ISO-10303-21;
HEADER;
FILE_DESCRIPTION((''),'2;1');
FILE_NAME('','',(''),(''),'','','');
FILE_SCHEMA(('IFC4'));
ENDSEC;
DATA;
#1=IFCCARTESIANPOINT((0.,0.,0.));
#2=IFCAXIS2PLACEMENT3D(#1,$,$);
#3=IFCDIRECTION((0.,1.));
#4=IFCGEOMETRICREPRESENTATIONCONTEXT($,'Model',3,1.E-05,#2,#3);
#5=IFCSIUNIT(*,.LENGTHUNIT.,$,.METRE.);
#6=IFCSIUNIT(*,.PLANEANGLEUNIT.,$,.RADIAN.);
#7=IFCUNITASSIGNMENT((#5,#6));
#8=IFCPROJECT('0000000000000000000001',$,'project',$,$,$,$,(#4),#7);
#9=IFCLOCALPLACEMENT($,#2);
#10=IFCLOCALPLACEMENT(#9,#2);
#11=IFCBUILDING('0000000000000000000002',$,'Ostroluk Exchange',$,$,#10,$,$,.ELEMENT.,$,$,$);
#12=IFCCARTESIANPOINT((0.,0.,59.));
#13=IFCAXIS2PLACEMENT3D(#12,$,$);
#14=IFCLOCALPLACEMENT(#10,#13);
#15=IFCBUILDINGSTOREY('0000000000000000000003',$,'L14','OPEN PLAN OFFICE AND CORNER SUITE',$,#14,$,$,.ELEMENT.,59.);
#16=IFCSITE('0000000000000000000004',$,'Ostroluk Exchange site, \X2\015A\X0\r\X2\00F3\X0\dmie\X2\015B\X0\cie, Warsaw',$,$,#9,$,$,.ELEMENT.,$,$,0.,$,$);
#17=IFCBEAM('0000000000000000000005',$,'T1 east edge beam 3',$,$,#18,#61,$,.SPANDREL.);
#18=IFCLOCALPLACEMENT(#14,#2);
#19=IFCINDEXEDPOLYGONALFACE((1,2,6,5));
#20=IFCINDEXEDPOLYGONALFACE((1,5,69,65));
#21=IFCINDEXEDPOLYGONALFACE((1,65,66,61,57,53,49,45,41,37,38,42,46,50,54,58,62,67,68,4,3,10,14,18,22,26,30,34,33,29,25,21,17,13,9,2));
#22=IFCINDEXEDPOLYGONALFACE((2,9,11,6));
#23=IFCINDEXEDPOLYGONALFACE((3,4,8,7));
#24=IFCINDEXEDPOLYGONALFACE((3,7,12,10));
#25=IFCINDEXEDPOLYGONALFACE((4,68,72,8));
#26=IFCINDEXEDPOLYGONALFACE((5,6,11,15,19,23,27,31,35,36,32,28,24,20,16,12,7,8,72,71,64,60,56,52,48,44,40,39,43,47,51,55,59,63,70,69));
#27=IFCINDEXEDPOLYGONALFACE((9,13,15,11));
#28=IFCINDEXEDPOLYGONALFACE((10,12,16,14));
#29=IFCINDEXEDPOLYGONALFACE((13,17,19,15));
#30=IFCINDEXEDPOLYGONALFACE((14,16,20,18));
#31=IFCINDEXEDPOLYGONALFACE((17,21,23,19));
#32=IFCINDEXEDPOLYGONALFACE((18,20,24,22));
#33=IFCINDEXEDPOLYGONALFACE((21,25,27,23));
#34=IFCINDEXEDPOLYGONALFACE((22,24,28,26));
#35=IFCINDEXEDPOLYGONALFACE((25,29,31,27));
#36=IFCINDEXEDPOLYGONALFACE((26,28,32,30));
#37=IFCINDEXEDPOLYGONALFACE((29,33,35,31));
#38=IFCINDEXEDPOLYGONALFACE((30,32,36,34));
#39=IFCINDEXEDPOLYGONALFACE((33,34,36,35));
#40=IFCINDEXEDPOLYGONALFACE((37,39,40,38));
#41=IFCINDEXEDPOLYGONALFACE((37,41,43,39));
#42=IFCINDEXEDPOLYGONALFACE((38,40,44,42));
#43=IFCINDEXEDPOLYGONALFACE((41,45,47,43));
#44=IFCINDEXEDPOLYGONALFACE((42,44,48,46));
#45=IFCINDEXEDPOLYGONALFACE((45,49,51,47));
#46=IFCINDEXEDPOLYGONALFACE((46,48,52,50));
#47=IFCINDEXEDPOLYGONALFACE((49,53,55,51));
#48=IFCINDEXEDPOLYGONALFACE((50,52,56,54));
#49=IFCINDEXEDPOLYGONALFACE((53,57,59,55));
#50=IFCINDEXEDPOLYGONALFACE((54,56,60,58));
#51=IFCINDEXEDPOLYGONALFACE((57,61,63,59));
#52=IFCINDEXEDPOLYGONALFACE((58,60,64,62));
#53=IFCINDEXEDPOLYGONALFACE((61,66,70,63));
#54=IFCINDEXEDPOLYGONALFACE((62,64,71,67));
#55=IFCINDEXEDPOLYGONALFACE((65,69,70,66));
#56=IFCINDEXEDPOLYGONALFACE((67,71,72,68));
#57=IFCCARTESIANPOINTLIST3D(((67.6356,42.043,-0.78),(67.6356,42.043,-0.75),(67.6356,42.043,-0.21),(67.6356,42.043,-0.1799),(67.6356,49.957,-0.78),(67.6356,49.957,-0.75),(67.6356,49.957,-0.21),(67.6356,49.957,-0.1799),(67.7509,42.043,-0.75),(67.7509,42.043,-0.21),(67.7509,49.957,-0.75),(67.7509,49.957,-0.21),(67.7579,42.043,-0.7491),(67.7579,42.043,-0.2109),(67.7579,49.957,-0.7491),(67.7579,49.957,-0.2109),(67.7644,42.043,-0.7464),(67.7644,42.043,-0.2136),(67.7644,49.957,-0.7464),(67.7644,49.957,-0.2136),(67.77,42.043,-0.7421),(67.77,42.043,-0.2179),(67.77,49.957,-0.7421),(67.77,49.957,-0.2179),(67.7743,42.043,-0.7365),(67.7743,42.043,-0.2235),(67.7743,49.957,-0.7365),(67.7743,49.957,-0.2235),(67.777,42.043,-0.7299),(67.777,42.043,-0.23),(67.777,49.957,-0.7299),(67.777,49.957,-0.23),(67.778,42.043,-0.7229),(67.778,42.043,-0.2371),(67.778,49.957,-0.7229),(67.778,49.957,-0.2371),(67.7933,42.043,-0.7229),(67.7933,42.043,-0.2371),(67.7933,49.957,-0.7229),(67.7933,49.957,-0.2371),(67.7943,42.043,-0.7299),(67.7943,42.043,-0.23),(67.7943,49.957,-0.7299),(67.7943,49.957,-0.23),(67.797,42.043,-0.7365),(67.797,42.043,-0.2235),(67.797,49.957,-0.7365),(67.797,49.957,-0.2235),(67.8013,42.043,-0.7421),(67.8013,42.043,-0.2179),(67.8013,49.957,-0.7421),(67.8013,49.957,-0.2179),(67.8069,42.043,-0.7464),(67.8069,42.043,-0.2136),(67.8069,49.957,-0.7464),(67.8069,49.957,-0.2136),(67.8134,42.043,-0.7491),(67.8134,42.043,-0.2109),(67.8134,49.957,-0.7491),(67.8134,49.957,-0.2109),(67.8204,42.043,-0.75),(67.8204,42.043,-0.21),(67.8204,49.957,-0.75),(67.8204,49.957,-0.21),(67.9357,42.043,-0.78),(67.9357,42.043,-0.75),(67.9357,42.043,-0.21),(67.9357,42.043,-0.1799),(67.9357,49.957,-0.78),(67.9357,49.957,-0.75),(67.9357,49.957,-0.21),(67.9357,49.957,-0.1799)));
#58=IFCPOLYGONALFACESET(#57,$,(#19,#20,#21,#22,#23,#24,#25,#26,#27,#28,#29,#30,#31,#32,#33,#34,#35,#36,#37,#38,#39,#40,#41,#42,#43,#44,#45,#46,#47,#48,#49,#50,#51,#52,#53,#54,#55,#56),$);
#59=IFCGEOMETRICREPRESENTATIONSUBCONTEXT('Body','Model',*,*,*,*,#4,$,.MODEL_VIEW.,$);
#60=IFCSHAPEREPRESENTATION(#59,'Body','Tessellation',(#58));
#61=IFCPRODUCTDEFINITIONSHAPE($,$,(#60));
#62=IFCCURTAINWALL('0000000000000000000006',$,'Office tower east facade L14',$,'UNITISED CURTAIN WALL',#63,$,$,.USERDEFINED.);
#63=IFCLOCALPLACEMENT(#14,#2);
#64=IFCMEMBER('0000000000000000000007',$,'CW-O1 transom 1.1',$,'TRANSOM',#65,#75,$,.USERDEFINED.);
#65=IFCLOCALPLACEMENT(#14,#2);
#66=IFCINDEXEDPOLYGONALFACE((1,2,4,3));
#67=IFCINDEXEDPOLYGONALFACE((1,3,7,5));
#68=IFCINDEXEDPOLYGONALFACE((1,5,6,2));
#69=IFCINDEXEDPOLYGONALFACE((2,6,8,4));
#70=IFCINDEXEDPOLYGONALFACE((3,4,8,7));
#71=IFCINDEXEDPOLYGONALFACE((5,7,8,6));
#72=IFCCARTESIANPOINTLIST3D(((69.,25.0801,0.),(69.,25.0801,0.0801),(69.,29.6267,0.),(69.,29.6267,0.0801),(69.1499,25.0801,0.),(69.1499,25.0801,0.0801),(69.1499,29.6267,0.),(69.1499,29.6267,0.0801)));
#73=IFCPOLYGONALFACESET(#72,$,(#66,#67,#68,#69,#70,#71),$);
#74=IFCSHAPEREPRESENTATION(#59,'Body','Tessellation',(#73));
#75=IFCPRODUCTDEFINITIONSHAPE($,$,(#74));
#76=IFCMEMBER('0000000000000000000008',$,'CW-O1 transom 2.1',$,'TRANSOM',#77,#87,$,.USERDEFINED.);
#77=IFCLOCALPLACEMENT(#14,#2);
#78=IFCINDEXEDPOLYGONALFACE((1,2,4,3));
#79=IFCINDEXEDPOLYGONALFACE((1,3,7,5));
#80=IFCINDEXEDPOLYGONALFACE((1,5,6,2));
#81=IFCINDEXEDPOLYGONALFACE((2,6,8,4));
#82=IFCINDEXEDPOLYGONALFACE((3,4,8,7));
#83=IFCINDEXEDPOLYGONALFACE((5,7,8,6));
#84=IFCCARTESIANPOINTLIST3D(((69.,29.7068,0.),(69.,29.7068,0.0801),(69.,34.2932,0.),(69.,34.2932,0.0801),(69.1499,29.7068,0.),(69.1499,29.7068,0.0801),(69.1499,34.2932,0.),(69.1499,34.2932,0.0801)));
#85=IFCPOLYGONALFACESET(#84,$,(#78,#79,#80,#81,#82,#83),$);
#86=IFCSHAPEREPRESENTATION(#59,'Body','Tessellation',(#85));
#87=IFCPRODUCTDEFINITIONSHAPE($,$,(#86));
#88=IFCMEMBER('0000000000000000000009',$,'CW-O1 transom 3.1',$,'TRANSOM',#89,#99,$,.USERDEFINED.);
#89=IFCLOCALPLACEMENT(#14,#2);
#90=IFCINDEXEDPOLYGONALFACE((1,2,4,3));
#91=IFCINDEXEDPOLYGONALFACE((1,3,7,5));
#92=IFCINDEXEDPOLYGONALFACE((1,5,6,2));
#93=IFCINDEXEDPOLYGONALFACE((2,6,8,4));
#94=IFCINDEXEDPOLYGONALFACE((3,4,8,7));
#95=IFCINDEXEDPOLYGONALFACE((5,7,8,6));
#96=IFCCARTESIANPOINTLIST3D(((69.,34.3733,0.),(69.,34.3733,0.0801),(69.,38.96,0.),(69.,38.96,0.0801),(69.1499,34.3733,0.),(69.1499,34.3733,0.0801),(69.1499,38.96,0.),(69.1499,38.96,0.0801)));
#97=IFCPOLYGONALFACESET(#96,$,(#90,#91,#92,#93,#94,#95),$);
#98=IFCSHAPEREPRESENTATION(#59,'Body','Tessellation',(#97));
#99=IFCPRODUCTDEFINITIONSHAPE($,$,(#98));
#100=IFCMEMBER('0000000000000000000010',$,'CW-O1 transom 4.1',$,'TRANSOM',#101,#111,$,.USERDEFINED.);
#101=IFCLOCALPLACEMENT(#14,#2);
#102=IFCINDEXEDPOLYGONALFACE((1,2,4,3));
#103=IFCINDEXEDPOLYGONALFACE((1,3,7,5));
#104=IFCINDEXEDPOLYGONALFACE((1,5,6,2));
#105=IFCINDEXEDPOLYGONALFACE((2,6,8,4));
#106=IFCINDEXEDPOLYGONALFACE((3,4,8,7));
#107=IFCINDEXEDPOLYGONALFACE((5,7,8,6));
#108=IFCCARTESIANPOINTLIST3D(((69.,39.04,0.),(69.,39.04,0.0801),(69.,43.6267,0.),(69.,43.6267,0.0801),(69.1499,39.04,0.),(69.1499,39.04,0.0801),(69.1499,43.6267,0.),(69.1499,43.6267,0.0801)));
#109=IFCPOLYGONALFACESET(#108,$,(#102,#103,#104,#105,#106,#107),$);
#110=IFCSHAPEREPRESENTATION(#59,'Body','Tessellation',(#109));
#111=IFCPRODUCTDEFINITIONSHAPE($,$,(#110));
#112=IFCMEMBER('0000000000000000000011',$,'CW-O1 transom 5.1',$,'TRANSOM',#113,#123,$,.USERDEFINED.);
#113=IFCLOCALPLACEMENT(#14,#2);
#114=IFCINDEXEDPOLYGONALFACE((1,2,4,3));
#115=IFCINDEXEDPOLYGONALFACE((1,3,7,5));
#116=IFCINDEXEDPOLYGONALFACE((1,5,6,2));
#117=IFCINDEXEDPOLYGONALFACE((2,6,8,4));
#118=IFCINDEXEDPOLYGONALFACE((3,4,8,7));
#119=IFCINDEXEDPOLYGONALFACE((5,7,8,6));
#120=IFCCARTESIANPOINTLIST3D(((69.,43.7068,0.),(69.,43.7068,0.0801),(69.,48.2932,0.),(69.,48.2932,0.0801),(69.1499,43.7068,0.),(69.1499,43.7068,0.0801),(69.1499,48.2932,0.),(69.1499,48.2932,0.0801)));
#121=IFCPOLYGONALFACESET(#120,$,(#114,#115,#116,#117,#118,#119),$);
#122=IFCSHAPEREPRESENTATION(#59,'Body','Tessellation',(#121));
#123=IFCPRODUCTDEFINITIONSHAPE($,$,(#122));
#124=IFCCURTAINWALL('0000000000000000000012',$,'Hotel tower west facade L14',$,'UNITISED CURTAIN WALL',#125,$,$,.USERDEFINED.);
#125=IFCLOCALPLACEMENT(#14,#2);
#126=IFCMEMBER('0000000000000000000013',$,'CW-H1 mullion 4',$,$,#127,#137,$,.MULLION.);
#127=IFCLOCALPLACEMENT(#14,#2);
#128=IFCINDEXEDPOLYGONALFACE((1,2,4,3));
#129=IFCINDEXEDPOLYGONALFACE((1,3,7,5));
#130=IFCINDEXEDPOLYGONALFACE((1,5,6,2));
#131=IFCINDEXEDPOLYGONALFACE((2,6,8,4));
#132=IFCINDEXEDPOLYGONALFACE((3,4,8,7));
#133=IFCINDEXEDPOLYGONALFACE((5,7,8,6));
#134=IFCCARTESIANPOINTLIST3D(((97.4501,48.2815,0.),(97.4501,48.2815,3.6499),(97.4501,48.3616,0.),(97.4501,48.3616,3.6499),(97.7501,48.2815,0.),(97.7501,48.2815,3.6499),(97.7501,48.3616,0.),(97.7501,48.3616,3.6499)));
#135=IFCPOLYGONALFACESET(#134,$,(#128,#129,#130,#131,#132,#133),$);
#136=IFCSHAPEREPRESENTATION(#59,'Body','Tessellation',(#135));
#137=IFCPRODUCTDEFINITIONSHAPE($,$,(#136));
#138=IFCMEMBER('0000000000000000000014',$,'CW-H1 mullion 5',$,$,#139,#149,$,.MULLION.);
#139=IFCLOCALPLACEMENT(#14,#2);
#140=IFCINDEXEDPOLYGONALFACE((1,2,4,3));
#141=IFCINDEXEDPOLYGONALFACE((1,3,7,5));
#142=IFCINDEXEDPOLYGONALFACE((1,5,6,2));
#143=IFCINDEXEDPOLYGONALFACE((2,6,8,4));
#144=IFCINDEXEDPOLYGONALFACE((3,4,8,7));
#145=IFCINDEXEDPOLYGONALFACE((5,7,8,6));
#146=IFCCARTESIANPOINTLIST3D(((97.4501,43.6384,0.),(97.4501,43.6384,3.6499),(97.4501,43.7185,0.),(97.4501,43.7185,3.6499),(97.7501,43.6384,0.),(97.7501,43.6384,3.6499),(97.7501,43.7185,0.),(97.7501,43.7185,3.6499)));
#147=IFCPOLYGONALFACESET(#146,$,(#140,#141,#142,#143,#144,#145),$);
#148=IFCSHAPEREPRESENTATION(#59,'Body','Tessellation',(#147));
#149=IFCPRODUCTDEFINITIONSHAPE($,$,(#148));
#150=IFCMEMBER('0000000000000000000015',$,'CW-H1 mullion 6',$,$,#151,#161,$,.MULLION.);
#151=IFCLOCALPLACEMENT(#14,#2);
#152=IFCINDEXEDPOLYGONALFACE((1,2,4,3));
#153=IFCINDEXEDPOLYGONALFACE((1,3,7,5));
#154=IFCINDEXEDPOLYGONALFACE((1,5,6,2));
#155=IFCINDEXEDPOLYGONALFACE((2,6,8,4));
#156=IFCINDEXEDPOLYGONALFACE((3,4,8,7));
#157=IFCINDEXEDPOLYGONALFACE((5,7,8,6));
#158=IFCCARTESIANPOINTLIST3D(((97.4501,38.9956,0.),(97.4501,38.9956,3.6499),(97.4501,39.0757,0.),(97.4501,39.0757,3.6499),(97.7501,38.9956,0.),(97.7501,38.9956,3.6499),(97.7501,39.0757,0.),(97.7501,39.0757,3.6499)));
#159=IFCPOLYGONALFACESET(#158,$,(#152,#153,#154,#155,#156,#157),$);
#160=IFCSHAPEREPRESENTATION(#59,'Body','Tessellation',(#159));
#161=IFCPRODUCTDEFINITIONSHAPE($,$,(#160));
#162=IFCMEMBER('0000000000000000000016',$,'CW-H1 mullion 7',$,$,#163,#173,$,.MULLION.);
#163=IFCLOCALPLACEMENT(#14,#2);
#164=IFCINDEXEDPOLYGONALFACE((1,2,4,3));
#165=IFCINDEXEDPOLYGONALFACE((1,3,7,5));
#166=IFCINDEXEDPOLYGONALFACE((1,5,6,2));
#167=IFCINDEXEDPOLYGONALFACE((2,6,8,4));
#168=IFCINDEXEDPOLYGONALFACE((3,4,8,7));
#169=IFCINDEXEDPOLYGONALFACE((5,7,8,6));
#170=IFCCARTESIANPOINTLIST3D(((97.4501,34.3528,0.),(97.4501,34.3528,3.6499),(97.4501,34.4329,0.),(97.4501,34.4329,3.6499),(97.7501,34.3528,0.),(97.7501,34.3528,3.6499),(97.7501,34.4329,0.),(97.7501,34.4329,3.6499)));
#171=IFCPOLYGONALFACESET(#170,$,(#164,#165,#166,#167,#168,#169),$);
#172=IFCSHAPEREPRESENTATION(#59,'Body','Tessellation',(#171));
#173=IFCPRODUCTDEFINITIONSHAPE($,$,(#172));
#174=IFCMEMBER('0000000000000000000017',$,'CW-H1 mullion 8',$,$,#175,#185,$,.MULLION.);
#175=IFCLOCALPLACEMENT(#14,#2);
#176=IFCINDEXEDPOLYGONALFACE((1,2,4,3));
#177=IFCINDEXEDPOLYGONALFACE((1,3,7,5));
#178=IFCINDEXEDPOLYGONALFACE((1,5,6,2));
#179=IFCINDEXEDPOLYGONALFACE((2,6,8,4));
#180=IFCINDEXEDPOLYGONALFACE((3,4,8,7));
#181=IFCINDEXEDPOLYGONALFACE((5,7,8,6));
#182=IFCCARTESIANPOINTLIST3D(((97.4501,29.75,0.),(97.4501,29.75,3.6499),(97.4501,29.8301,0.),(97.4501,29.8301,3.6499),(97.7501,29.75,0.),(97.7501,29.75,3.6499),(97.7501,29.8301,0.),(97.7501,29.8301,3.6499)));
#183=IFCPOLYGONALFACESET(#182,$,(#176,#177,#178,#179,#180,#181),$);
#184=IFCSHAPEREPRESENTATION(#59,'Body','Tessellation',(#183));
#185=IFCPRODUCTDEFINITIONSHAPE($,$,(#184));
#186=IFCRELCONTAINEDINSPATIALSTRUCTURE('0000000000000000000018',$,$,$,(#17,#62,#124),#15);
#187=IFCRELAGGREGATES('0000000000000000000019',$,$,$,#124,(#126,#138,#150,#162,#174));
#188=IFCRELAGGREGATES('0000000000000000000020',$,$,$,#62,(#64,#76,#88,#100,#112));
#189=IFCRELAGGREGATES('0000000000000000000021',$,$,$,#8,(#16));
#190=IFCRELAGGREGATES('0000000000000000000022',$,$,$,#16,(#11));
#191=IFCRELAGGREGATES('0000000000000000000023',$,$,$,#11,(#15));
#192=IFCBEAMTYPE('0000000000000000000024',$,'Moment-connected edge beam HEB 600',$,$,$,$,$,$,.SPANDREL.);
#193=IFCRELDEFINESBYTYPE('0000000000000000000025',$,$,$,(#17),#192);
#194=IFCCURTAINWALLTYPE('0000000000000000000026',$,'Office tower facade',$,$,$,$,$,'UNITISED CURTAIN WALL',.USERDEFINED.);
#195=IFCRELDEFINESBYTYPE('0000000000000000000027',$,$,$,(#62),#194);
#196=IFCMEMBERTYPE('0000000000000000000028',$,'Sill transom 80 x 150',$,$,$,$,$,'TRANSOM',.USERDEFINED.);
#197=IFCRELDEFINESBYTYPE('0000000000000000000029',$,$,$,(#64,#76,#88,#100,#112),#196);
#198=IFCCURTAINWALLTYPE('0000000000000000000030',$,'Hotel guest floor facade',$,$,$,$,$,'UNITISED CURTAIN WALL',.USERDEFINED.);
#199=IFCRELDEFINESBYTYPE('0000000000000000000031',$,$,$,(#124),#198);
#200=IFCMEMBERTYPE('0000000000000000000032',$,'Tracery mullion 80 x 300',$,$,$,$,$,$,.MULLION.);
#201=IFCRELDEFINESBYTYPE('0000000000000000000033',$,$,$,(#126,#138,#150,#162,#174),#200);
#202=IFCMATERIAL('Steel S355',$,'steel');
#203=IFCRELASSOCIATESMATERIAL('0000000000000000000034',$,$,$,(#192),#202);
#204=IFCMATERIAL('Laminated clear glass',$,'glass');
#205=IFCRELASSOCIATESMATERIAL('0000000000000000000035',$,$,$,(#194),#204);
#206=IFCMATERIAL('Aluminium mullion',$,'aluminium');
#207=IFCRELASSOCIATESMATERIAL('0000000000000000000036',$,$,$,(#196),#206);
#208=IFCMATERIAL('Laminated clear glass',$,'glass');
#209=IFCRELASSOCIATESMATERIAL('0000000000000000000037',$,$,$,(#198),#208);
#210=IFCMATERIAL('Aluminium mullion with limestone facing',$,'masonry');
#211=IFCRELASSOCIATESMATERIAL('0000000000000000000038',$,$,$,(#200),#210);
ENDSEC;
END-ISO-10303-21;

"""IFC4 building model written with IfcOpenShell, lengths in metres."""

from ifc_helpers import new_model, si_unit, direction, frame, origin, origin_2d, place, context, subcontext, project, spatial, rectangle, i_section, extrude, material, material_profile, profile_set, type_object, element, aggregate, save


model = new_model("IFC4")

# Units and contexts
model_context = context("Model", 3, precision=1e-05, world=origin(), true_north=direction((0.0, 1.0)))
body_context = subcontext(model_context, "Body", "Model", "MODEL_VIEW")
ifc_project = project(units=[si_unit("LENGTHUNIT", "METRE"), si_unit("PLANEANGLEUNIT", "RADIAN")], contexts=[model_context])

# Site, building, storey
site_placement = place(None, origin())
site = spatial("IfcSite", under=ifc_project, at=site_placement, Name="Ostroluk Exchange site, Śródmieście, Warsaw", CompositionType="ELEMENT", RefElevation=0.0)
building_placement = place(site_placement, origin())
building = spatial("IfcBuilding", under=site, at=building_placement, Name="Ostroluk Exchange", CompositionType="ELEMENT")
storey_placement = place(building_placement, frame((0.0, 0.0, 59.0)))
storey = spatial("IfcBuildingStorey", under=building, at=storey_placement, Name="L14", Description="OPEN PLAN OFFICE AND CORNER SUITE", CompositionType="ELEMENT", Elevation=59.0)

# Beam
ifc_material_1 = material(Name="Steel S355", Category="steel")
ifc_material_profile_1 = material_profile(ifc_material_1, i_section(OverallWidth=0.3, OverallDepth=0.6001, WebThickness=0.0154, FlangeThickness=0.03, FilletRadius=0.0271, at=origin_2d()), Name="HEB 600")
ifc_profile_set_1 = profile_set([ifc_material_profile_1], Name="Steel S355")
beam_type = type_object("IfcBeamType", Name="Moment-connected edge beam HEB 600", PredefinedType="SPANDREL", material=ifc_profile_set_1)
beam_placement = place(storey_placement, frame((67.7856, 42.043, -0.48), z_axis=(0.0, 1.0, 0.0), x_axis=(-1.0, 0.0, 0.0)))
element("IfcBeam", 1, at=beam_placement, inside=storey, type_object=beam_type, Name="T1 east edge beam 3", PredefinedType="SPANDREL", context=body_context, shape_type="SweptSolid", body=[
    extrude(i_section(OverallWidth=0.3, OverallDepth=0.6001, WebThickness=0.0154, FlangeThickness=0.03, FilletRadius=0.0271, at=origin_2d()), origin(), (0.0, 0.0, 1.0), 7.9141),
])

# Curtain walls, members
ifc_material_2 = material(Name="Laminated clear glass", Category="glass")
curtain_wall_type_1 = type_object("IfcCurtainWallType", Name="Office tower facade", ElementType="UNITISED CURTAIN WALL", PredefinedType="USERDEFINED", material=ifc_material_2)
curtain_wall_1_placement = place(storey_placement, origin())
curtain_wall_1 = element("IfcCurtainWall", 2, at=curtain_wall_1_placement, inside=storey, type_object=curtain_wall_type_1, Name="Office tower east facade L14", ObjectType="UNITISED CURTAIN WALL", PredefinedType="USERDEFINED")
ifc_material_3 = material(Name="Aluminium mullion", Category="aluminium")
ifc_material_profile_2 = material_profile(ifc_material_3, rectangle(XDim=0.1499, YDim=0.0801, at=origin_2d()), Name="Sill transom 80 x 150")
ifc_profile_set_2 = profile_set([ifc_material_profile_2], Name="Aluminium mullion")
member_type_1 = type_object("IfcMemberType", Name="Sill transom 80 x 150", ElementType="TRANSOM", PredefinedType="USERDEFINED", material=ifc_profile_set_2)
member_1_placement = place(storey_placement, frame((69.075, 25.0801, 0.04), z_axis=(0.0, 1.0, 0.0), x_axis=(-1.0, 0.0, 0.0)))
member_1 = element("IfcMember", 3, at=member_1_placement, type_object=member_type_1, Name="CW-O1 transom 1.1", ObjectType="TRANSOM", PredefinedType="USERDEFINED", context=body_context, shape_type="SweptSolid", body=[
    extrude(rectangle(XDim=0.1499, YDim=0.0801, at=origin_2d()), origin(), (0.0, 0.0, 1.0), 4.5466),
])
member_2_placement = place(storey_placement, frame((69.075, 29.7068, 0.04), z_axis=(0.0, 1.0, 0.0), x_axis=(-1.0, 0.0, 0.0)))
member_2 = element("IfcMember", 4, at=member_2_placement, type_object=member_type_1, Name="CW-O1 transom 2.1", ObjectType="TRANSOM", PredefinedType="USERDEFINED", context=body_context, shape_type="SweptSolid", body=[
    extrude(rectangle(XDim=0.1499, YDim=0.0801, at=origin_2d()), origin(), (0.0, 0.0, 1.0), 4.5864),
])
member_3_placement = place(storey_placement, frame((69.075, 34.3733, 0.04), z_axis=(0.0, 1.0, 0.0), x_axis=(-1.0, 0.0, 0.0)))
member_3 = element("IfcMember", 5, at=member_3_placement, type_object=member_type_1, Name="CW-O1 transom 3.1", ObjectType="TRANSOM", PredefinedType="USERDEFINED", context=body_context, shape_type="SweptSolid", body=[
    extrude(rectangle(XDim=0.1499, YDim=0.0801, at=origin_2d()), origin(), (0.0, 0.0, 1.0), 4.5867),
])
member_4_placement = place(storey_placement, frame((69.075, 39.04, 0.04), z_axis=(0.0, 1.0, 0.0), x_axis=(-1.0, 0.0, 0.0)))
member_4 = element("IfcMember", 6, at=member_4_placement, type_object=member_type_1, Name="CW-O1 transom 4.1", ObjectType="TRANSOM", PredefinedType="USERDEFINED", context=body_context, shape_type="SweptSolid", body=[
    extrude(rectangle(XDim=0.1499, YDim=0.0801, at=origin_2d()), origin(), (0.0, 0.0, 1.0), 4.5867),
])
member_5_placement = place(storey_placement, frame((69.075, 43.7068, 0.04), z_axis=(0.0, 1.0, 0.0), x_axis=(-1.0, 0.0, 0.0)))
member_5 = element("IfcMember", 7, at=member_5_placement, type_object=member_type_1, Name="CW-O1 transom 5.1", ObjectType="TRANSOM", PredefinedType="USERDEFINED", context=body_context, shape_type="SweptSolid", body=[
    extrude(rectangle(XDim=0.1499, YDim=0.0801, at=origin_2d()), origin(), (0.0, 0.0, 1.0), 4.5864),
])
ifc_material_4 = material(Name="Laminated clear glass", Category="glass")
curtain_wall_type_2 = type_object("IfcCurtainWallType", Name="Hotel guest floor facade", ElementType="UNITISED CURTAIN WALL", PredefinedType="USERDEFINED", material=ifc_material_4)
curtain_wall_2_placement = place(storey_placement, origin())
curtain_wall_2 = element("IfcCurtainWall", 8, at=curtain_wall_2_placement, inside=storey, type_object=curtain_wall_type_2, Name="Hotel tower west facade L14", ObjectType="UNITISED CURTAIN WALL", PredefinedType="USERDEFINED")
ifc_material_5 = material(Name="Aluminium mullion with limestone facing", Category="masonry")
ifc_material_profile_3 = material_profile(ifc_material_5, rectangle(XDim=0.3, YDim=0.0801, at=origin_2d()), Name="Tracery mullion 80 x 300")
ifc_profile_set_3 = profile_set([ifc_material_profile_3], Name="Aluminium mullion with limestone facing")
member_type_2 = type_object("IfcMemberType", Name="Tracery mullion 80 x 300", PredefinedType="MULLION", material=ifc_profile_set_3)
member_6_placement = place(storey_placement, frame((97.6001, 48.3215, 0.0), z_axis=(0.0, 0.0, 1.0), x_axis=(1.0, 0.0, 0.0)))
member_6 = element("IfcMember", 9, at=member_6_placement, type_object=member_type_2, Name="CW-H1 mullion 4", PredefinedType="MULLION", context=body_context, shape_type="SweptSolid", body=[
    extrude(rectangle(XDim=0.3, YDim=0.0801, at=origin_2d()), origin(), (0.0, 0.0, 1.0), 3.6499),
])
member_7_placement = place(storey_placement, frame((97.6001, 43.6785, 0.0), z_axis=(0.0, 0.0, 1.0), x_axis=(1.0, 0.0, 0.0)))
member_7 = element("IfcMember", 10, at=member_7_placement, type_object=member_type_2, Name="CW-H1 mullion 5", PredefinedType="MULLION", context=body_context, shape_type="SweptSolid", body=[
    extrude(rectangle(XDim=0.3, YDim=0.0801, at=origin_2d()), origin(), (0.0, 0.0, 1.0), 3.6499),
])
member_8_placement = place(storey_placement, frame((97.6001, 39.0356, 0.0), z_axis=(0.0, 0.0, 1.0), x_axis=(1.0, 0.0, 0.0)))
member_8 = element("IfcMember", 11, at=member_8_placement, type_object=member_type_2, Name="CW-H1 mullion 6", PredefinedType="MULLION", context=body_context, shape_type="SweptSolid", body=[
    extrude(rectangle(XDim=0.3, YDim=0.0801, at=origin_2d()), origin(), (0.0, 0.0, 1.0), 3.6499),
])
member_9_placement = place(storey_placement, frame((97.6001, 34.3928, 0.0), z_axis=(0.0, 0.0, 1.0), x_axis=(1.0, 0.0, 0.0)))
member_9 = element("IfcMember", 12, at=member_9_placement, type_object=member_type_2, Name="CW-H1 mullion 7", PredefinedType="MULLION", context=body_context, shape_type="SweptSolid", body=[
    extrude(rectangle(XDim=0.3, YDim=0.0801, at=origin_2d()), origin(), (0.0, 0.0, 1.0), 3.6499),
])
member_10_placement = place(storey_placement, frame((97.6001, 29.79, 0.0), z_axis=(0.0, 0.0, 1.0), x_axis=(1.0, 0.0, 0.0)))
member_10 = element("IfcMember", 13, at=member_10_placement, type_object=member_type_2, Name="CW-H1 mullion 8", PredefinedType="MULLION", context=body_context, shape_type="SweptSolid", body=[
    extrude(rectangle(XDim=0.3, YDim=0.0801, at=origin_2d()), origin(), (0.0, 0.0, 1.0), 3.6499),
])
aggregate(curtain_wall_2, [member_6, member_7, member_8, member_9, member_10])

aggregate(curtain_wall_1, [member_1, member_2, member_3, member_4, member_5])

save(model, "model.ifc")
